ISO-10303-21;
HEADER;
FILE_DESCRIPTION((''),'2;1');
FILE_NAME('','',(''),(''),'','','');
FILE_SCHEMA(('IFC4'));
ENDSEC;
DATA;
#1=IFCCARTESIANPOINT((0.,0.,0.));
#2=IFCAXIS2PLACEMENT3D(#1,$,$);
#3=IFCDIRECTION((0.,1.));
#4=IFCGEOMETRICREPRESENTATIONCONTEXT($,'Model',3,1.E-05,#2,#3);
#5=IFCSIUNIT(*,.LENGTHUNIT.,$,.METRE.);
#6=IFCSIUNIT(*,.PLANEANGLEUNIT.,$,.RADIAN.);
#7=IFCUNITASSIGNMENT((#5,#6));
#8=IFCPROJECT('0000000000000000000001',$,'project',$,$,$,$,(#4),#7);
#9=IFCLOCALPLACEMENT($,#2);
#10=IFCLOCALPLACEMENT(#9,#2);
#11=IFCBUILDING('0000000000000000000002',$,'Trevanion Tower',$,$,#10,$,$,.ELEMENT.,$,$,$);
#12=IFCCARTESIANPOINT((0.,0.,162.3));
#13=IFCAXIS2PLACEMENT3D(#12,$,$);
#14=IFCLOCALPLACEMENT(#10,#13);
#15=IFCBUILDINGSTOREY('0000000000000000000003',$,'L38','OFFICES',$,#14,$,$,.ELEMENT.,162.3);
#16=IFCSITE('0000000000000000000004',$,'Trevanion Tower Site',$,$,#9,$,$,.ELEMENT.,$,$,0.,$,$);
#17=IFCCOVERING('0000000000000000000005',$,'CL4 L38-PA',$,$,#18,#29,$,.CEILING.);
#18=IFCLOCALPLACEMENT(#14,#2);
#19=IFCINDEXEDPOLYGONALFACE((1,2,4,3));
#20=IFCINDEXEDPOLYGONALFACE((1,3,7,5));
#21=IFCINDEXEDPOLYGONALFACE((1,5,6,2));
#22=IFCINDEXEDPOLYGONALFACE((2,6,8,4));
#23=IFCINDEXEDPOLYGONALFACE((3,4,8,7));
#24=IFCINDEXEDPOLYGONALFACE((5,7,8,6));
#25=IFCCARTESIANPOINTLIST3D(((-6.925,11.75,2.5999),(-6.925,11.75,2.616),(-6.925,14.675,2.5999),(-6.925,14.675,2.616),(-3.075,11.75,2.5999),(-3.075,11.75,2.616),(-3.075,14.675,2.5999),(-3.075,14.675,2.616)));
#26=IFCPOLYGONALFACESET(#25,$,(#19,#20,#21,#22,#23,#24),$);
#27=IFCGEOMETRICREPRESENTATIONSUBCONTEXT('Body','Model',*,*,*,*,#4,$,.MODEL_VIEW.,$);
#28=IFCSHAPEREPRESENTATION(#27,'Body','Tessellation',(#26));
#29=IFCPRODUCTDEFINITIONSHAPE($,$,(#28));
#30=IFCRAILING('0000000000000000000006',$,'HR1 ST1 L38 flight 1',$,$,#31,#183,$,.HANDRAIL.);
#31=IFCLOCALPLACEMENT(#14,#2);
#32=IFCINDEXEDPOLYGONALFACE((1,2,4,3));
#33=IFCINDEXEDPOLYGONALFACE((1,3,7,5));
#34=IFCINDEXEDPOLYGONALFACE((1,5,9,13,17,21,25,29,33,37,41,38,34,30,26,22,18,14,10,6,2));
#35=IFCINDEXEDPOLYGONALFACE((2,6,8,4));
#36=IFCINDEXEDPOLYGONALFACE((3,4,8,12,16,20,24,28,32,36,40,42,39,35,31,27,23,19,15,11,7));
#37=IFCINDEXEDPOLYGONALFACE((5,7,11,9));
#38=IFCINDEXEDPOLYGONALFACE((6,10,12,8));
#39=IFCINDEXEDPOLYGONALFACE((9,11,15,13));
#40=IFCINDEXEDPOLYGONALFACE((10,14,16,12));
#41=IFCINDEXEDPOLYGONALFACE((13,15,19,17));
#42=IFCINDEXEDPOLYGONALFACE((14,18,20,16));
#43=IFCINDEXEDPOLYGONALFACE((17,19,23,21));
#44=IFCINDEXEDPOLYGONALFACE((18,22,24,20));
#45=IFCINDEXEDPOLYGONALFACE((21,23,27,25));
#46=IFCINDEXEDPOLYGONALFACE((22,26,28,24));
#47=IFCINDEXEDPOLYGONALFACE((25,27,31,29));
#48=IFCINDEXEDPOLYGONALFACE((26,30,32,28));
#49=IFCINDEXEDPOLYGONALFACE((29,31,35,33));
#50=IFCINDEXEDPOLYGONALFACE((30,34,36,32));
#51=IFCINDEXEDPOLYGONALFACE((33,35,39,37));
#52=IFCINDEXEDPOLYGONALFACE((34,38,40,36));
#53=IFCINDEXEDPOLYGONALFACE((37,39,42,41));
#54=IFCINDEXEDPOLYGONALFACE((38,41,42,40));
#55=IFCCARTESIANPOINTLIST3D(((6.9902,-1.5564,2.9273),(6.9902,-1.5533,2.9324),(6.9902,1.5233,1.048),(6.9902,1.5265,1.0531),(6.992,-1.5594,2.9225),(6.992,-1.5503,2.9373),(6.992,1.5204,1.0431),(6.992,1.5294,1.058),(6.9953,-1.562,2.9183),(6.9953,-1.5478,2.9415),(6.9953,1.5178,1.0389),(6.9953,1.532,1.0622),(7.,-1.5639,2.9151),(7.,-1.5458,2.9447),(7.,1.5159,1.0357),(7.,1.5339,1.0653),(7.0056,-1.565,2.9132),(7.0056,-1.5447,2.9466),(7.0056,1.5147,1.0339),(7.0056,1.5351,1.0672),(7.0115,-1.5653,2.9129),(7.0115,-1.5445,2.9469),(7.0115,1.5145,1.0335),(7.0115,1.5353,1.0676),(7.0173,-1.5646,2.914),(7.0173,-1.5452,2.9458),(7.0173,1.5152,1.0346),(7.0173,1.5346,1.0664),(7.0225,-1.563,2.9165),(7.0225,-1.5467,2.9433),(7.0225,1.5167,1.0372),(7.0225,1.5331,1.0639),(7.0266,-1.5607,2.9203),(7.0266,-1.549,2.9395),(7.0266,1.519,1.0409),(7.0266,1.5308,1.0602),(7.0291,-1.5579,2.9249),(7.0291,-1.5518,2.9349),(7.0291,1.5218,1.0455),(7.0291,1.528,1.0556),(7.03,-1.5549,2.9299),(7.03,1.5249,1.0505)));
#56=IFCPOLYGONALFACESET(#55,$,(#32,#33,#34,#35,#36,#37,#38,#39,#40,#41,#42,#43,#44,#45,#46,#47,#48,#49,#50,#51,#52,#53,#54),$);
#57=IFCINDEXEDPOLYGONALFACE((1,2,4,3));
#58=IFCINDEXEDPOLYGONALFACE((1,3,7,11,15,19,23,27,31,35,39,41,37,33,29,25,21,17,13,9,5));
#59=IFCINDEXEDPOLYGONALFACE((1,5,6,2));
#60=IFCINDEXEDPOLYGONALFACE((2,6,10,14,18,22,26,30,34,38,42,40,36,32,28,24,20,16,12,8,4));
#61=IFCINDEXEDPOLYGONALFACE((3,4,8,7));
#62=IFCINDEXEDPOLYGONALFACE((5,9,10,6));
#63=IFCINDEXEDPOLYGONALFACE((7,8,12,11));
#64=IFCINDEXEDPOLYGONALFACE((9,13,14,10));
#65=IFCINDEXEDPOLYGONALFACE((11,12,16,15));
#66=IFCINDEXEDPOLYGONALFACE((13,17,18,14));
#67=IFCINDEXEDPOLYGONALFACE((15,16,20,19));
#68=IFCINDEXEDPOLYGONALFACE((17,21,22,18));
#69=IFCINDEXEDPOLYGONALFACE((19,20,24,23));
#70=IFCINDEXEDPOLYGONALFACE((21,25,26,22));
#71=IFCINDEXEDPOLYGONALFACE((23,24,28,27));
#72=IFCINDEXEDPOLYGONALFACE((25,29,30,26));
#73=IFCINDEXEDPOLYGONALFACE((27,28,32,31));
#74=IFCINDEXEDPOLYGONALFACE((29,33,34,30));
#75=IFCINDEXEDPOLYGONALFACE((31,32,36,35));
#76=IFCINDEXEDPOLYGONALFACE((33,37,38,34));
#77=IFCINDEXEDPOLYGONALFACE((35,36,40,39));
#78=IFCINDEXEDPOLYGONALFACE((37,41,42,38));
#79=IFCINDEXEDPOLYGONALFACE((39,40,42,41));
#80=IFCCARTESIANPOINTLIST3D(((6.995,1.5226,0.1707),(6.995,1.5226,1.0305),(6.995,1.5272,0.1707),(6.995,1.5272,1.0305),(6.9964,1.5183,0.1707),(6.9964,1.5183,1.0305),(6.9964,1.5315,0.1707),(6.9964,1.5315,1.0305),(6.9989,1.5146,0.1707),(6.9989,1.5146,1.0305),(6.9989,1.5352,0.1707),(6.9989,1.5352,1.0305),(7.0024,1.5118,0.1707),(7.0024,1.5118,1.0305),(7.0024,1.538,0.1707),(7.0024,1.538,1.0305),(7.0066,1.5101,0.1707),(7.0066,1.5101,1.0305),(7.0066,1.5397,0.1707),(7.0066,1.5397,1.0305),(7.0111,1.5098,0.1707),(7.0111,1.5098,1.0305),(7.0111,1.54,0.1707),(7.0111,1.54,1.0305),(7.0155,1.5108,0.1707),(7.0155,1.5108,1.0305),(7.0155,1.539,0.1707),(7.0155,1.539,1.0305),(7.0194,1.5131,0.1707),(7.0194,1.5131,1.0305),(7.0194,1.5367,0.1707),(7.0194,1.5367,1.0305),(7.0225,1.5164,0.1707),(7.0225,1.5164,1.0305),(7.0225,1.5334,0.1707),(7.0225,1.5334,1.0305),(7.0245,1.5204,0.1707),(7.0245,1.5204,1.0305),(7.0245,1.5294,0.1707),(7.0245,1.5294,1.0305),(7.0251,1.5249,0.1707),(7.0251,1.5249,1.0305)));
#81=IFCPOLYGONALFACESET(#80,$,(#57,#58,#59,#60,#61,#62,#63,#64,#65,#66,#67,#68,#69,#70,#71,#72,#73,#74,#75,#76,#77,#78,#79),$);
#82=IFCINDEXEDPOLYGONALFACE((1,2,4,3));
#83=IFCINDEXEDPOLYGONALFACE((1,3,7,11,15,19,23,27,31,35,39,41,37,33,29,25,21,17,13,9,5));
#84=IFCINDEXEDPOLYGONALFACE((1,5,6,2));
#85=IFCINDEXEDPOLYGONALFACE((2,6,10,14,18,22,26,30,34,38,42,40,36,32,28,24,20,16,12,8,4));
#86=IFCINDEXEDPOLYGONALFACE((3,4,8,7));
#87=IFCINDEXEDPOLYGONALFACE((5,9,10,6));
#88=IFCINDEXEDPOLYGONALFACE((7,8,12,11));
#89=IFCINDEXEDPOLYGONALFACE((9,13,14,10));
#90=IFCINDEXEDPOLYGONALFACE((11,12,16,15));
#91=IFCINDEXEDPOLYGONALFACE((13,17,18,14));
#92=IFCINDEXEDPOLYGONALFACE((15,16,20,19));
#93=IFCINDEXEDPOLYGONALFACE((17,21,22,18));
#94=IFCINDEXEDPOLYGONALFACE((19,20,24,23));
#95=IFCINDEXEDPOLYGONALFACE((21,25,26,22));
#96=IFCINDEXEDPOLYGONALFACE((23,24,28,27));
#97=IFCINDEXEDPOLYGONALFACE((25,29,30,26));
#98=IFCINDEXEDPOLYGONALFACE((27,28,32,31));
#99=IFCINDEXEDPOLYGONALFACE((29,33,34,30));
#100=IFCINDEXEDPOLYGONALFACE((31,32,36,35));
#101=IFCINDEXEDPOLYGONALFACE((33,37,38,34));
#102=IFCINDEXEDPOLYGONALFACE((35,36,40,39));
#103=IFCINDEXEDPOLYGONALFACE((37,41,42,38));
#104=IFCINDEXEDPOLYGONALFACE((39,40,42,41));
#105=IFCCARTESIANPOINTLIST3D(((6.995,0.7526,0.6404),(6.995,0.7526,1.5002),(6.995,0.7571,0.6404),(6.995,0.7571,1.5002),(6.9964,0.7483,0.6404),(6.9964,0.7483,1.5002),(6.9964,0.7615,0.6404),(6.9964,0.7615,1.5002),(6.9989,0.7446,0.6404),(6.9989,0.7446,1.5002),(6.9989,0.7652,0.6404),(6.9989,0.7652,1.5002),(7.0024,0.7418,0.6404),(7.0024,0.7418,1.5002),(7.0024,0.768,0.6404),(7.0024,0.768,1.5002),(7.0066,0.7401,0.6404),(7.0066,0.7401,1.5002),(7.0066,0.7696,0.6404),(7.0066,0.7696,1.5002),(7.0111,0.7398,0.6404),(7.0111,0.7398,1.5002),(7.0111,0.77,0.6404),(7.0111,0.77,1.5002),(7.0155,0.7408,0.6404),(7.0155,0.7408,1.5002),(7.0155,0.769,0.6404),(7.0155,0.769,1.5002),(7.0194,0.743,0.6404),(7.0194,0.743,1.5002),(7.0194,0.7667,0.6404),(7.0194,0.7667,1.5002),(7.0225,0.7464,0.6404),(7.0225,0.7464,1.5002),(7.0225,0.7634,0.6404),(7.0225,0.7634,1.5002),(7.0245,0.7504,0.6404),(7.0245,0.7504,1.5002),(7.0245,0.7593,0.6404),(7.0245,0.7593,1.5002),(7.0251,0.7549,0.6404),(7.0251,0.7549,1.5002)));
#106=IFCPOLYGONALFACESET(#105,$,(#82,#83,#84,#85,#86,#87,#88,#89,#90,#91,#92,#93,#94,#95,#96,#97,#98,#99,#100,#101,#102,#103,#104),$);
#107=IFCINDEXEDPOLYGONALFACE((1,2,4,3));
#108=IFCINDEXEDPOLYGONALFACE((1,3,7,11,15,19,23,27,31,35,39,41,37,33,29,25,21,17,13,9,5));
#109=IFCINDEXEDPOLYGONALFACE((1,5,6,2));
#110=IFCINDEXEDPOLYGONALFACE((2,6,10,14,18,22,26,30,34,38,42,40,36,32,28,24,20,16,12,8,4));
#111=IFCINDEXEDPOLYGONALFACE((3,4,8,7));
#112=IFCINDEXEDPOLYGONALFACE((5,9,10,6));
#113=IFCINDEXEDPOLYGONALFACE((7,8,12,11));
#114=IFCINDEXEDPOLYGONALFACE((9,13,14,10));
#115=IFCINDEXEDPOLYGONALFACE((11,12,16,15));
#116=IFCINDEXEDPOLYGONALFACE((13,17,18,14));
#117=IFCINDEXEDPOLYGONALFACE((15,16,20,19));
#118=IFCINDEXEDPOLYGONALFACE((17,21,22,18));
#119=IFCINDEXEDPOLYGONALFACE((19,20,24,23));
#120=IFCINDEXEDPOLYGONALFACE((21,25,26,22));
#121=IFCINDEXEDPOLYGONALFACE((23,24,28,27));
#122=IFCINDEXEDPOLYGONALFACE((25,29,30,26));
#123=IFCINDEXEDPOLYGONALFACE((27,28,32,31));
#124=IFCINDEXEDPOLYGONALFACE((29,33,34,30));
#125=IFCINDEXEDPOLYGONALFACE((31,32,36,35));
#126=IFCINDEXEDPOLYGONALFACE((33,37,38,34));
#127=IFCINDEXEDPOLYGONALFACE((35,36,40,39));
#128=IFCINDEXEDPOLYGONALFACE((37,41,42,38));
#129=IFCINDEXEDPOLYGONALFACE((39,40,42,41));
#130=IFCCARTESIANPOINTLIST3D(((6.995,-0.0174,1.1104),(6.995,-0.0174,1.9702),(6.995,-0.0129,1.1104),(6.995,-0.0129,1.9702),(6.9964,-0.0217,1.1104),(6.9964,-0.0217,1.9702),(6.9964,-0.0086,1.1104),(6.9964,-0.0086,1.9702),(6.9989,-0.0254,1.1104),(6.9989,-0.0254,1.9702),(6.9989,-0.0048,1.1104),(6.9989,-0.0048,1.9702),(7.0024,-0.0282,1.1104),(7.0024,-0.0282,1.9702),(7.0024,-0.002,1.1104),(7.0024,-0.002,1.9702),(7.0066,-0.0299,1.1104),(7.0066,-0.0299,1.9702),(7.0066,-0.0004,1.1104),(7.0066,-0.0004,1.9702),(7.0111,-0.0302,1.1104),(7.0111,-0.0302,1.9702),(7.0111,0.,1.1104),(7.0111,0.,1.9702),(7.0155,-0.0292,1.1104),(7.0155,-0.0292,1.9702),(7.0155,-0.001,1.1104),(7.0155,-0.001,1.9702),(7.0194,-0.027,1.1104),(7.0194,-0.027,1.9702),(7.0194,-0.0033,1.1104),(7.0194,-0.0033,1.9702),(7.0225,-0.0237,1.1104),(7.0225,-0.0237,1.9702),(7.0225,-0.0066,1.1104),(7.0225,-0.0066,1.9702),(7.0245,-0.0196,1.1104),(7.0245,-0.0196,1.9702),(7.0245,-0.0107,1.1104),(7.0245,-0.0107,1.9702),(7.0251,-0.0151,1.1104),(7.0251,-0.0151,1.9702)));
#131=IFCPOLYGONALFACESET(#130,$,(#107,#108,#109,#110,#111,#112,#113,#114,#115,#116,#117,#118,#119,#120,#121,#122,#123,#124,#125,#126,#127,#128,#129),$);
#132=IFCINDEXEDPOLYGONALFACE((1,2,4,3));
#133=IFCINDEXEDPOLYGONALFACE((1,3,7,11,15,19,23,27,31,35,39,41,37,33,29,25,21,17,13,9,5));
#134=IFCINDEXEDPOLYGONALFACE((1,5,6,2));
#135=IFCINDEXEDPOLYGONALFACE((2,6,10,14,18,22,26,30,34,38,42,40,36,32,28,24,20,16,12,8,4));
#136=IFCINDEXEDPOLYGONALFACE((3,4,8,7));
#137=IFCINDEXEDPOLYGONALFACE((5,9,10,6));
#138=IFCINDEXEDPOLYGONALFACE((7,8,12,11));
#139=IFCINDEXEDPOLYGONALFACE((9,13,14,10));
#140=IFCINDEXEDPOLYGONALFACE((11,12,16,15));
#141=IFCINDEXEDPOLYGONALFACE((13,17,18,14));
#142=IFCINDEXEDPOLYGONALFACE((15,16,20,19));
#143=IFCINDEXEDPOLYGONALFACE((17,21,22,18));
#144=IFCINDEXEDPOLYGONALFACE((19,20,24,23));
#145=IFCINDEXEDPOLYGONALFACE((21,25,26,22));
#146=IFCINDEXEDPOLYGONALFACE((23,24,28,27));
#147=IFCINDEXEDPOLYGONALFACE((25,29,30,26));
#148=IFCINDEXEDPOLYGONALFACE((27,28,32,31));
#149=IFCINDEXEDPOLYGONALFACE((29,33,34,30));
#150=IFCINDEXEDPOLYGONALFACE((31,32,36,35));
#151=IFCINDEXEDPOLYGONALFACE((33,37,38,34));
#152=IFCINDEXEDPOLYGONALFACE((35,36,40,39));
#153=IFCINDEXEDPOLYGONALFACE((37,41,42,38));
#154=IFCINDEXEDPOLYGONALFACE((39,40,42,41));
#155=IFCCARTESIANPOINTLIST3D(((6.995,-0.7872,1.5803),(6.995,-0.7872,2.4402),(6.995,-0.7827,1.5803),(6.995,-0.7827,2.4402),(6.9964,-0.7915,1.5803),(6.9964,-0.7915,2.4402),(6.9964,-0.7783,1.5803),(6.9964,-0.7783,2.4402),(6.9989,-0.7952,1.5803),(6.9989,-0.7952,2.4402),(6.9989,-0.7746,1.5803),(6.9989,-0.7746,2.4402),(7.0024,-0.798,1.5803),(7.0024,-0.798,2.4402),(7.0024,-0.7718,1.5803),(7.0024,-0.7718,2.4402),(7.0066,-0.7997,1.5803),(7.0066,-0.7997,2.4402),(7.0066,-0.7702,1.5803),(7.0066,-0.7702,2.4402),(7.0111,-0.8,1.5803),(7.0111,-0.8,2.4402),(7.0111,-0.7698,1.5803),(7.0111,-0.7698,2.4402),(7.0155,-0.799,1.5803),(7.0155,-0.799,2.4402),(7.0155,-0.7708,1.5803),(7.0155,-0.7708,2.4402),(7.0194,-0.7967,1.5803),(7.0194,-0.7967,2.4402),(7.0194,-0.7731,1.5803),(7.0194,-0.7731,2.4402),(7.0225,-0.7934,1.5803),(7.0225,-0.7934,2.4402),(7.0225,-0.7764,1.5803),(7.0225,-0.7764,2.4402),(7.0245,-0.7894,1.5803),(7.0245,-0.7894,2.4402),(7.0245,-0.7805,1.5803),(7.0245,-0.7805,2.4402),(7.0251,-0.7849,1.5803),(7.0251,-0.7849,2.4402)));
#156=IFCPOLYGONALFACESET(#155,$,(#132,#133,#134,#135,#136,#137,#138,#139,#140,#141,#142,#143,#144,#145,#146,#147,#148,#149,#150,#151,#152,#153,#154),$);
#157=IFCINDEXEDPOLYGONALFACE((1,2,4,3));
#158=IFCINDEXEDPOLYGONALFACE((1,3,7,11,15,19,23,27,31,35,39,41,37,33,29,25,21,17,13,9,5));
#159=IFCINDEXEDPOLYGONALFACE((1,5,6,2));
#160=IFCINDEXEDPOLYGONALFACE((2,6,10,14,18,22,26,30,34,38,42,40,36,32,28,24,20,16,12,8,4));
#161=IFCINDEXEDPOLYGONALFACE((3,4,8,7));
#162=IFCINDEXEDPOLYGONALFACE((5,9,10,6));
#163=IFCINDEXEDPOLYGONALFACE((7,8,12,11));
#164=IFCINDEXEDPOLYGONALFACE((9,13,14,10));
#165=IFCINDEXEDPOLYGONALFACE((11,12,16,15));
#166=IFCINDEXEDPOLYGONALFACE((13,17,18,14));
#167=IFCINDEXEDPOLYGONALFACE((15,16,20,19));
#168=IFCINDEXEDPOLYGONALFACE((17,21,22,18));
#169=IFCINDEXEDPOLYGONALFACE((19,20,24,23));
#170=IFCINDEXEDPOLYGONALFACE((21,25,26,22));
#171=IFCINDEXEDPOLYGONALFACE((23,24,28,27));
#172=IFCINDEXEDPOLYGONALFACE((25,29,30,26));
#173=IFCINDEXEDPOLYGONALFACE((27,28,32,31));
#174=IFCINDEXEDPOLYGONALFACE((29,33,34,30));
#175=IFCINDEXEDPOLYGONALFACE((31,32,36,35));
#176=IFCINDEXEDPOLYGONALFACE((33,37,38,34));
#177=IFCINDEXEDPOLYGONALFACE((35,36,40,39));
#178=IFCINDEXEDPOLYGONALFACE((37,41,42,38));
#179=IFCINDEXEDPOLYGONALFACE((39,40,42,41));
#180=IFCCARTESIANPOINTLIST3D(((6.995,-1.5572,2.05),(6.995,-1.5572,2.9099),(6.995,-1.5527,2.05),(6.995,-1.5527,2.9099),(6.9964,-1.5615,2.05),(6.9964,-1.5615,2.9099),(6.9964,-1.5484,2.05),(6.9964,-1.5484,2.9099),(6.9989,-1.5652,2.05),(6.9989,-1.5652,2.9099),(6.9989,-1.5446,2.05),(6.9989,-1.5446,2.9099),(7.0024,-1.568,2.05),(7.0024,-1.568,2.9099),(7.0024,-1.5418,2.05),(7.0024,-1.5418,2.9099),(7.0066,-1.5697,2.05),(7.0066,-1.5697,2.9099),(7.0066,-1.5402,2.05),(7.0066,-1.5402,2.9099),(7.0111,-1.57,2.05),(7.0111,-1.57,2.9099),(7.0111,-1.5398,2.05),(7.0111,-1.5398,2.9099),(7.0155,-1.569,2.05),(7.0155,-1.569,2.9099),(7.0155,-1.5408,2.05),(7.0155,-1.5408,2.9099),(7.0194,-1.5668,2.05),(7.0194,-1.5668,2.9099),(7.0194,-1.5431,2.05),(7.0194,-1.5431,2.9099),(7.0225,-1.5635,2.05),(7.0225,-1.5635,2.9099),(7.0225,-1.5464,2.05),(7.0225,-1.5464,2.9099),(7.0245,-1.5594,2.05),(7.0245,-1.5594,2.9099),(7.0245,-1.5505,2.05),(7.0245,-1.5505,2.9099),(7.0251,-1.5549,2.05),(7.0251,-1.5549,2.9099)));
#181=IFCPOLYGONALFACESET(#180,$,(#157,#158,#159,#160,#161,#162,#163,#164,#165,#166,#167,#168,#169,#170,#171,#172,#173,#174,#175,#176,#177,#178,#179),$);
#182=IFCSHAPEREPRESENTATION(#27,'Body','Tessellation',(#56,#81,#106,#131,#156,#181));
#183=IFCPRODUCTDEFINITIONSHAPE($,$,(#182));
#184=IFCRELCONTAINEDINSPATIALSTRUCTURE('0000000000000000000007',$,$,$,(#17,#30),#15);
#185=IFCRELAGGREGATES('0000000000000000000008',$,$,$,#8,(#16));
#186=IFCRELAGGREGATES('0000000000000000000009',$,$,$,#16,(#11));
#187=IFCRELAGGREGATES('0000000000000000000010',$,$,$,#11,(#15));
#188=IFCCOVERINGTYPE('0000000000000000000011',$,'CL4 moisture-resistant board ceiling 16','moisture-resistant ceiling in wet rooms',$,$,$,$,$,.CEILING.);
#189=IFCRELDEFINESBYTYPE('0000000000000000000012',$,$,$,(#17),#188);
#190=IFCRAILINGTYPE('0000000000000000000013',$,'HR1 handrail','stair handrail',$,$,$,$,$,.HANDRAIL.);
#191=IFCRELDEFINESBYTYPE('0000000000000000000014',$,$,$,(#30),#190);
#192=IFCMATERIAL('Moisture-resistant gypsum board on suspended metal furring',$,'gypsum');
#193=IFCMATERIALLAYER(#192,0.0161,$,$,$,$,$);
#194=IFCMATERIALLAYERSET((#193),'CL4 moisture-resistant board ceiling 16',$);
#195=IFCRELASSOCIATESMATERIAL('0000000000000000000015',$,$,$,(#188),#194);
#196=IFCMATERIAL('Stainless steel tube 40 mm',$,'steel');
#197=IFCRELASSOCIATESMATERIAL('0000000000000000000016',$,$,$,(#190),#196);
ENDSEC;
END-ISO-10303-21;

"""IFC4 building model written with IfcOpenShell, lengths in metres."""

from ifc_helpers import new_model, si_unit, direction, frame, origin, origin_2d, place, context, subcontext, project, spatial, polyline, circle, outline, extrude, material, layer, layer_set, type_object, element, save


model = new_model("IFC4")

# Units and contexts
model_context = context("Model", 3, precision=1e-05, world=origin(), true_north=direction((0.0, 1.0)))
body_context = subcontext(model_context, "Body", "Model", "MODEL_VIEW")
ifc_project = project(units=[si_unit("LENGTHUNIT", "METRE"), si_unit("PLANEANGLEUNIT", "RADIAN")], contexts=[model_context])

# Site, building, storey
site_placement = place(None, origin())
site = spatial("IfcSite", under=ifc_project, at=site_placement, Name="Trevanion Tower Site", CompositionType="ELEMENT", RefElevation=0.0)
building_placement = place(site_placement, origin())
building = spatial("IfcBuilding", under=site, at=building_placement, Name="Trevanion Tower", CompositionType="ELEMENT")
storey_placement = place(building_placement, frame((0.0, 0.0, 162.3)))
storey = spatial("IfcBuildingStorey", under=building, at=storey_placement, Name="L38", Description="OFFICES", CompositionType="ELEMENT", Elevation=162.3)

# Covering
ifc_material_1 = material(Name="Moisture-resistant gypsum board on suspended metal furring", Category="gypsum")
ifc_layer_1 = layer(ifc_material_1, 0.0161)
ifc_layer_set_1 = layer_set([ifc_layer_1], Name="CL4 moisture-resistant board ceiling 16")
covering_type_1 = type_object("IfcCoveringType", Name="CL4 moisture-resistant board ceiling 16", Description="moisture-resistant ceiling in wet rooms", PredefinedType="CEILING", material=ifc_layer_set_1)
covering_1_placement = place(storey_placement, frame((0.0, 0.0, 2.5999)))
element("IfcCovering", 1, at=covering_1_placement, inside=storey, type_object=covering_type_1, Name="CL4 L38-PA", PredefinedType="CEILING", context=body_context, shape_type="SweptSolid", body=[
    extrude(outline(polyline([(-6.925, 14.675), (-3.075, 14.675), (-3.075, 11.75), (-6.925, 11.75), (-6.925, 14.675)])), origin(), (0.0, 0.0, 1.0), 0.0161),
])

# Railing
ifc_material_2 = material(Name="Stainless steel tube 40 mm", Category="steel")
railing_type = type_object("IfcRailingType", Name="HR1 handrail", Description="stair handrail", PredefinedType="HANDRAIL", material=ifc_material_2)
for number, where, name in (
    (2, (7.01, 1.5249, 0.1707), "HR1 ST1 L38 flight 1"),
):
    element("IfcRailing", number, at=place(storey_placement, frame(where)), inside=storey, type_object=railing_type, Name=name, PredefinedType="HANDRAIL", context=body_context, shape_type="SweptSolid", body=[
        extrude(circle(Radius=0.02, at=origin_2d()), frame((0.0, 0.0, 0.8799), z_axis=(0.0, -0.853618, 0.5209), x_axis=(1.0, 0.0, 0.0)), (0.0, 0.0, 1.0), 3.6079),
        extrude(circle(Radius=0.0151, at=origin_2d()), origin(), (0.0, 0.0, 1.0), 0.8599),
        extrude(circle(Radius=0.0151, at=origin_2d()), frame((0.0, -0.77, 0.4697)), (0.0, 0.0, 1.0), 0.8599),
        extrude(circle(Radius=0.0151, at=origin_2d()), frame((0.0, -1.54, 0.9397)), (0.0, 0.0, 1.0), 0.8599),
        extrude(circle(Radius=0.0151, at=origin_2d()), frame((0.0, -2.3098, 1.4097)), (0.0, 0.0, 1.0), 0.8599),
        extrude(circle(Radius=0.0151, at=origin_2d()), frame((0.0, -3.0798, 1.8794)), (0.0, 0.0, 1.0), 0.8599),
    ])

save(model, "model.ifc")
